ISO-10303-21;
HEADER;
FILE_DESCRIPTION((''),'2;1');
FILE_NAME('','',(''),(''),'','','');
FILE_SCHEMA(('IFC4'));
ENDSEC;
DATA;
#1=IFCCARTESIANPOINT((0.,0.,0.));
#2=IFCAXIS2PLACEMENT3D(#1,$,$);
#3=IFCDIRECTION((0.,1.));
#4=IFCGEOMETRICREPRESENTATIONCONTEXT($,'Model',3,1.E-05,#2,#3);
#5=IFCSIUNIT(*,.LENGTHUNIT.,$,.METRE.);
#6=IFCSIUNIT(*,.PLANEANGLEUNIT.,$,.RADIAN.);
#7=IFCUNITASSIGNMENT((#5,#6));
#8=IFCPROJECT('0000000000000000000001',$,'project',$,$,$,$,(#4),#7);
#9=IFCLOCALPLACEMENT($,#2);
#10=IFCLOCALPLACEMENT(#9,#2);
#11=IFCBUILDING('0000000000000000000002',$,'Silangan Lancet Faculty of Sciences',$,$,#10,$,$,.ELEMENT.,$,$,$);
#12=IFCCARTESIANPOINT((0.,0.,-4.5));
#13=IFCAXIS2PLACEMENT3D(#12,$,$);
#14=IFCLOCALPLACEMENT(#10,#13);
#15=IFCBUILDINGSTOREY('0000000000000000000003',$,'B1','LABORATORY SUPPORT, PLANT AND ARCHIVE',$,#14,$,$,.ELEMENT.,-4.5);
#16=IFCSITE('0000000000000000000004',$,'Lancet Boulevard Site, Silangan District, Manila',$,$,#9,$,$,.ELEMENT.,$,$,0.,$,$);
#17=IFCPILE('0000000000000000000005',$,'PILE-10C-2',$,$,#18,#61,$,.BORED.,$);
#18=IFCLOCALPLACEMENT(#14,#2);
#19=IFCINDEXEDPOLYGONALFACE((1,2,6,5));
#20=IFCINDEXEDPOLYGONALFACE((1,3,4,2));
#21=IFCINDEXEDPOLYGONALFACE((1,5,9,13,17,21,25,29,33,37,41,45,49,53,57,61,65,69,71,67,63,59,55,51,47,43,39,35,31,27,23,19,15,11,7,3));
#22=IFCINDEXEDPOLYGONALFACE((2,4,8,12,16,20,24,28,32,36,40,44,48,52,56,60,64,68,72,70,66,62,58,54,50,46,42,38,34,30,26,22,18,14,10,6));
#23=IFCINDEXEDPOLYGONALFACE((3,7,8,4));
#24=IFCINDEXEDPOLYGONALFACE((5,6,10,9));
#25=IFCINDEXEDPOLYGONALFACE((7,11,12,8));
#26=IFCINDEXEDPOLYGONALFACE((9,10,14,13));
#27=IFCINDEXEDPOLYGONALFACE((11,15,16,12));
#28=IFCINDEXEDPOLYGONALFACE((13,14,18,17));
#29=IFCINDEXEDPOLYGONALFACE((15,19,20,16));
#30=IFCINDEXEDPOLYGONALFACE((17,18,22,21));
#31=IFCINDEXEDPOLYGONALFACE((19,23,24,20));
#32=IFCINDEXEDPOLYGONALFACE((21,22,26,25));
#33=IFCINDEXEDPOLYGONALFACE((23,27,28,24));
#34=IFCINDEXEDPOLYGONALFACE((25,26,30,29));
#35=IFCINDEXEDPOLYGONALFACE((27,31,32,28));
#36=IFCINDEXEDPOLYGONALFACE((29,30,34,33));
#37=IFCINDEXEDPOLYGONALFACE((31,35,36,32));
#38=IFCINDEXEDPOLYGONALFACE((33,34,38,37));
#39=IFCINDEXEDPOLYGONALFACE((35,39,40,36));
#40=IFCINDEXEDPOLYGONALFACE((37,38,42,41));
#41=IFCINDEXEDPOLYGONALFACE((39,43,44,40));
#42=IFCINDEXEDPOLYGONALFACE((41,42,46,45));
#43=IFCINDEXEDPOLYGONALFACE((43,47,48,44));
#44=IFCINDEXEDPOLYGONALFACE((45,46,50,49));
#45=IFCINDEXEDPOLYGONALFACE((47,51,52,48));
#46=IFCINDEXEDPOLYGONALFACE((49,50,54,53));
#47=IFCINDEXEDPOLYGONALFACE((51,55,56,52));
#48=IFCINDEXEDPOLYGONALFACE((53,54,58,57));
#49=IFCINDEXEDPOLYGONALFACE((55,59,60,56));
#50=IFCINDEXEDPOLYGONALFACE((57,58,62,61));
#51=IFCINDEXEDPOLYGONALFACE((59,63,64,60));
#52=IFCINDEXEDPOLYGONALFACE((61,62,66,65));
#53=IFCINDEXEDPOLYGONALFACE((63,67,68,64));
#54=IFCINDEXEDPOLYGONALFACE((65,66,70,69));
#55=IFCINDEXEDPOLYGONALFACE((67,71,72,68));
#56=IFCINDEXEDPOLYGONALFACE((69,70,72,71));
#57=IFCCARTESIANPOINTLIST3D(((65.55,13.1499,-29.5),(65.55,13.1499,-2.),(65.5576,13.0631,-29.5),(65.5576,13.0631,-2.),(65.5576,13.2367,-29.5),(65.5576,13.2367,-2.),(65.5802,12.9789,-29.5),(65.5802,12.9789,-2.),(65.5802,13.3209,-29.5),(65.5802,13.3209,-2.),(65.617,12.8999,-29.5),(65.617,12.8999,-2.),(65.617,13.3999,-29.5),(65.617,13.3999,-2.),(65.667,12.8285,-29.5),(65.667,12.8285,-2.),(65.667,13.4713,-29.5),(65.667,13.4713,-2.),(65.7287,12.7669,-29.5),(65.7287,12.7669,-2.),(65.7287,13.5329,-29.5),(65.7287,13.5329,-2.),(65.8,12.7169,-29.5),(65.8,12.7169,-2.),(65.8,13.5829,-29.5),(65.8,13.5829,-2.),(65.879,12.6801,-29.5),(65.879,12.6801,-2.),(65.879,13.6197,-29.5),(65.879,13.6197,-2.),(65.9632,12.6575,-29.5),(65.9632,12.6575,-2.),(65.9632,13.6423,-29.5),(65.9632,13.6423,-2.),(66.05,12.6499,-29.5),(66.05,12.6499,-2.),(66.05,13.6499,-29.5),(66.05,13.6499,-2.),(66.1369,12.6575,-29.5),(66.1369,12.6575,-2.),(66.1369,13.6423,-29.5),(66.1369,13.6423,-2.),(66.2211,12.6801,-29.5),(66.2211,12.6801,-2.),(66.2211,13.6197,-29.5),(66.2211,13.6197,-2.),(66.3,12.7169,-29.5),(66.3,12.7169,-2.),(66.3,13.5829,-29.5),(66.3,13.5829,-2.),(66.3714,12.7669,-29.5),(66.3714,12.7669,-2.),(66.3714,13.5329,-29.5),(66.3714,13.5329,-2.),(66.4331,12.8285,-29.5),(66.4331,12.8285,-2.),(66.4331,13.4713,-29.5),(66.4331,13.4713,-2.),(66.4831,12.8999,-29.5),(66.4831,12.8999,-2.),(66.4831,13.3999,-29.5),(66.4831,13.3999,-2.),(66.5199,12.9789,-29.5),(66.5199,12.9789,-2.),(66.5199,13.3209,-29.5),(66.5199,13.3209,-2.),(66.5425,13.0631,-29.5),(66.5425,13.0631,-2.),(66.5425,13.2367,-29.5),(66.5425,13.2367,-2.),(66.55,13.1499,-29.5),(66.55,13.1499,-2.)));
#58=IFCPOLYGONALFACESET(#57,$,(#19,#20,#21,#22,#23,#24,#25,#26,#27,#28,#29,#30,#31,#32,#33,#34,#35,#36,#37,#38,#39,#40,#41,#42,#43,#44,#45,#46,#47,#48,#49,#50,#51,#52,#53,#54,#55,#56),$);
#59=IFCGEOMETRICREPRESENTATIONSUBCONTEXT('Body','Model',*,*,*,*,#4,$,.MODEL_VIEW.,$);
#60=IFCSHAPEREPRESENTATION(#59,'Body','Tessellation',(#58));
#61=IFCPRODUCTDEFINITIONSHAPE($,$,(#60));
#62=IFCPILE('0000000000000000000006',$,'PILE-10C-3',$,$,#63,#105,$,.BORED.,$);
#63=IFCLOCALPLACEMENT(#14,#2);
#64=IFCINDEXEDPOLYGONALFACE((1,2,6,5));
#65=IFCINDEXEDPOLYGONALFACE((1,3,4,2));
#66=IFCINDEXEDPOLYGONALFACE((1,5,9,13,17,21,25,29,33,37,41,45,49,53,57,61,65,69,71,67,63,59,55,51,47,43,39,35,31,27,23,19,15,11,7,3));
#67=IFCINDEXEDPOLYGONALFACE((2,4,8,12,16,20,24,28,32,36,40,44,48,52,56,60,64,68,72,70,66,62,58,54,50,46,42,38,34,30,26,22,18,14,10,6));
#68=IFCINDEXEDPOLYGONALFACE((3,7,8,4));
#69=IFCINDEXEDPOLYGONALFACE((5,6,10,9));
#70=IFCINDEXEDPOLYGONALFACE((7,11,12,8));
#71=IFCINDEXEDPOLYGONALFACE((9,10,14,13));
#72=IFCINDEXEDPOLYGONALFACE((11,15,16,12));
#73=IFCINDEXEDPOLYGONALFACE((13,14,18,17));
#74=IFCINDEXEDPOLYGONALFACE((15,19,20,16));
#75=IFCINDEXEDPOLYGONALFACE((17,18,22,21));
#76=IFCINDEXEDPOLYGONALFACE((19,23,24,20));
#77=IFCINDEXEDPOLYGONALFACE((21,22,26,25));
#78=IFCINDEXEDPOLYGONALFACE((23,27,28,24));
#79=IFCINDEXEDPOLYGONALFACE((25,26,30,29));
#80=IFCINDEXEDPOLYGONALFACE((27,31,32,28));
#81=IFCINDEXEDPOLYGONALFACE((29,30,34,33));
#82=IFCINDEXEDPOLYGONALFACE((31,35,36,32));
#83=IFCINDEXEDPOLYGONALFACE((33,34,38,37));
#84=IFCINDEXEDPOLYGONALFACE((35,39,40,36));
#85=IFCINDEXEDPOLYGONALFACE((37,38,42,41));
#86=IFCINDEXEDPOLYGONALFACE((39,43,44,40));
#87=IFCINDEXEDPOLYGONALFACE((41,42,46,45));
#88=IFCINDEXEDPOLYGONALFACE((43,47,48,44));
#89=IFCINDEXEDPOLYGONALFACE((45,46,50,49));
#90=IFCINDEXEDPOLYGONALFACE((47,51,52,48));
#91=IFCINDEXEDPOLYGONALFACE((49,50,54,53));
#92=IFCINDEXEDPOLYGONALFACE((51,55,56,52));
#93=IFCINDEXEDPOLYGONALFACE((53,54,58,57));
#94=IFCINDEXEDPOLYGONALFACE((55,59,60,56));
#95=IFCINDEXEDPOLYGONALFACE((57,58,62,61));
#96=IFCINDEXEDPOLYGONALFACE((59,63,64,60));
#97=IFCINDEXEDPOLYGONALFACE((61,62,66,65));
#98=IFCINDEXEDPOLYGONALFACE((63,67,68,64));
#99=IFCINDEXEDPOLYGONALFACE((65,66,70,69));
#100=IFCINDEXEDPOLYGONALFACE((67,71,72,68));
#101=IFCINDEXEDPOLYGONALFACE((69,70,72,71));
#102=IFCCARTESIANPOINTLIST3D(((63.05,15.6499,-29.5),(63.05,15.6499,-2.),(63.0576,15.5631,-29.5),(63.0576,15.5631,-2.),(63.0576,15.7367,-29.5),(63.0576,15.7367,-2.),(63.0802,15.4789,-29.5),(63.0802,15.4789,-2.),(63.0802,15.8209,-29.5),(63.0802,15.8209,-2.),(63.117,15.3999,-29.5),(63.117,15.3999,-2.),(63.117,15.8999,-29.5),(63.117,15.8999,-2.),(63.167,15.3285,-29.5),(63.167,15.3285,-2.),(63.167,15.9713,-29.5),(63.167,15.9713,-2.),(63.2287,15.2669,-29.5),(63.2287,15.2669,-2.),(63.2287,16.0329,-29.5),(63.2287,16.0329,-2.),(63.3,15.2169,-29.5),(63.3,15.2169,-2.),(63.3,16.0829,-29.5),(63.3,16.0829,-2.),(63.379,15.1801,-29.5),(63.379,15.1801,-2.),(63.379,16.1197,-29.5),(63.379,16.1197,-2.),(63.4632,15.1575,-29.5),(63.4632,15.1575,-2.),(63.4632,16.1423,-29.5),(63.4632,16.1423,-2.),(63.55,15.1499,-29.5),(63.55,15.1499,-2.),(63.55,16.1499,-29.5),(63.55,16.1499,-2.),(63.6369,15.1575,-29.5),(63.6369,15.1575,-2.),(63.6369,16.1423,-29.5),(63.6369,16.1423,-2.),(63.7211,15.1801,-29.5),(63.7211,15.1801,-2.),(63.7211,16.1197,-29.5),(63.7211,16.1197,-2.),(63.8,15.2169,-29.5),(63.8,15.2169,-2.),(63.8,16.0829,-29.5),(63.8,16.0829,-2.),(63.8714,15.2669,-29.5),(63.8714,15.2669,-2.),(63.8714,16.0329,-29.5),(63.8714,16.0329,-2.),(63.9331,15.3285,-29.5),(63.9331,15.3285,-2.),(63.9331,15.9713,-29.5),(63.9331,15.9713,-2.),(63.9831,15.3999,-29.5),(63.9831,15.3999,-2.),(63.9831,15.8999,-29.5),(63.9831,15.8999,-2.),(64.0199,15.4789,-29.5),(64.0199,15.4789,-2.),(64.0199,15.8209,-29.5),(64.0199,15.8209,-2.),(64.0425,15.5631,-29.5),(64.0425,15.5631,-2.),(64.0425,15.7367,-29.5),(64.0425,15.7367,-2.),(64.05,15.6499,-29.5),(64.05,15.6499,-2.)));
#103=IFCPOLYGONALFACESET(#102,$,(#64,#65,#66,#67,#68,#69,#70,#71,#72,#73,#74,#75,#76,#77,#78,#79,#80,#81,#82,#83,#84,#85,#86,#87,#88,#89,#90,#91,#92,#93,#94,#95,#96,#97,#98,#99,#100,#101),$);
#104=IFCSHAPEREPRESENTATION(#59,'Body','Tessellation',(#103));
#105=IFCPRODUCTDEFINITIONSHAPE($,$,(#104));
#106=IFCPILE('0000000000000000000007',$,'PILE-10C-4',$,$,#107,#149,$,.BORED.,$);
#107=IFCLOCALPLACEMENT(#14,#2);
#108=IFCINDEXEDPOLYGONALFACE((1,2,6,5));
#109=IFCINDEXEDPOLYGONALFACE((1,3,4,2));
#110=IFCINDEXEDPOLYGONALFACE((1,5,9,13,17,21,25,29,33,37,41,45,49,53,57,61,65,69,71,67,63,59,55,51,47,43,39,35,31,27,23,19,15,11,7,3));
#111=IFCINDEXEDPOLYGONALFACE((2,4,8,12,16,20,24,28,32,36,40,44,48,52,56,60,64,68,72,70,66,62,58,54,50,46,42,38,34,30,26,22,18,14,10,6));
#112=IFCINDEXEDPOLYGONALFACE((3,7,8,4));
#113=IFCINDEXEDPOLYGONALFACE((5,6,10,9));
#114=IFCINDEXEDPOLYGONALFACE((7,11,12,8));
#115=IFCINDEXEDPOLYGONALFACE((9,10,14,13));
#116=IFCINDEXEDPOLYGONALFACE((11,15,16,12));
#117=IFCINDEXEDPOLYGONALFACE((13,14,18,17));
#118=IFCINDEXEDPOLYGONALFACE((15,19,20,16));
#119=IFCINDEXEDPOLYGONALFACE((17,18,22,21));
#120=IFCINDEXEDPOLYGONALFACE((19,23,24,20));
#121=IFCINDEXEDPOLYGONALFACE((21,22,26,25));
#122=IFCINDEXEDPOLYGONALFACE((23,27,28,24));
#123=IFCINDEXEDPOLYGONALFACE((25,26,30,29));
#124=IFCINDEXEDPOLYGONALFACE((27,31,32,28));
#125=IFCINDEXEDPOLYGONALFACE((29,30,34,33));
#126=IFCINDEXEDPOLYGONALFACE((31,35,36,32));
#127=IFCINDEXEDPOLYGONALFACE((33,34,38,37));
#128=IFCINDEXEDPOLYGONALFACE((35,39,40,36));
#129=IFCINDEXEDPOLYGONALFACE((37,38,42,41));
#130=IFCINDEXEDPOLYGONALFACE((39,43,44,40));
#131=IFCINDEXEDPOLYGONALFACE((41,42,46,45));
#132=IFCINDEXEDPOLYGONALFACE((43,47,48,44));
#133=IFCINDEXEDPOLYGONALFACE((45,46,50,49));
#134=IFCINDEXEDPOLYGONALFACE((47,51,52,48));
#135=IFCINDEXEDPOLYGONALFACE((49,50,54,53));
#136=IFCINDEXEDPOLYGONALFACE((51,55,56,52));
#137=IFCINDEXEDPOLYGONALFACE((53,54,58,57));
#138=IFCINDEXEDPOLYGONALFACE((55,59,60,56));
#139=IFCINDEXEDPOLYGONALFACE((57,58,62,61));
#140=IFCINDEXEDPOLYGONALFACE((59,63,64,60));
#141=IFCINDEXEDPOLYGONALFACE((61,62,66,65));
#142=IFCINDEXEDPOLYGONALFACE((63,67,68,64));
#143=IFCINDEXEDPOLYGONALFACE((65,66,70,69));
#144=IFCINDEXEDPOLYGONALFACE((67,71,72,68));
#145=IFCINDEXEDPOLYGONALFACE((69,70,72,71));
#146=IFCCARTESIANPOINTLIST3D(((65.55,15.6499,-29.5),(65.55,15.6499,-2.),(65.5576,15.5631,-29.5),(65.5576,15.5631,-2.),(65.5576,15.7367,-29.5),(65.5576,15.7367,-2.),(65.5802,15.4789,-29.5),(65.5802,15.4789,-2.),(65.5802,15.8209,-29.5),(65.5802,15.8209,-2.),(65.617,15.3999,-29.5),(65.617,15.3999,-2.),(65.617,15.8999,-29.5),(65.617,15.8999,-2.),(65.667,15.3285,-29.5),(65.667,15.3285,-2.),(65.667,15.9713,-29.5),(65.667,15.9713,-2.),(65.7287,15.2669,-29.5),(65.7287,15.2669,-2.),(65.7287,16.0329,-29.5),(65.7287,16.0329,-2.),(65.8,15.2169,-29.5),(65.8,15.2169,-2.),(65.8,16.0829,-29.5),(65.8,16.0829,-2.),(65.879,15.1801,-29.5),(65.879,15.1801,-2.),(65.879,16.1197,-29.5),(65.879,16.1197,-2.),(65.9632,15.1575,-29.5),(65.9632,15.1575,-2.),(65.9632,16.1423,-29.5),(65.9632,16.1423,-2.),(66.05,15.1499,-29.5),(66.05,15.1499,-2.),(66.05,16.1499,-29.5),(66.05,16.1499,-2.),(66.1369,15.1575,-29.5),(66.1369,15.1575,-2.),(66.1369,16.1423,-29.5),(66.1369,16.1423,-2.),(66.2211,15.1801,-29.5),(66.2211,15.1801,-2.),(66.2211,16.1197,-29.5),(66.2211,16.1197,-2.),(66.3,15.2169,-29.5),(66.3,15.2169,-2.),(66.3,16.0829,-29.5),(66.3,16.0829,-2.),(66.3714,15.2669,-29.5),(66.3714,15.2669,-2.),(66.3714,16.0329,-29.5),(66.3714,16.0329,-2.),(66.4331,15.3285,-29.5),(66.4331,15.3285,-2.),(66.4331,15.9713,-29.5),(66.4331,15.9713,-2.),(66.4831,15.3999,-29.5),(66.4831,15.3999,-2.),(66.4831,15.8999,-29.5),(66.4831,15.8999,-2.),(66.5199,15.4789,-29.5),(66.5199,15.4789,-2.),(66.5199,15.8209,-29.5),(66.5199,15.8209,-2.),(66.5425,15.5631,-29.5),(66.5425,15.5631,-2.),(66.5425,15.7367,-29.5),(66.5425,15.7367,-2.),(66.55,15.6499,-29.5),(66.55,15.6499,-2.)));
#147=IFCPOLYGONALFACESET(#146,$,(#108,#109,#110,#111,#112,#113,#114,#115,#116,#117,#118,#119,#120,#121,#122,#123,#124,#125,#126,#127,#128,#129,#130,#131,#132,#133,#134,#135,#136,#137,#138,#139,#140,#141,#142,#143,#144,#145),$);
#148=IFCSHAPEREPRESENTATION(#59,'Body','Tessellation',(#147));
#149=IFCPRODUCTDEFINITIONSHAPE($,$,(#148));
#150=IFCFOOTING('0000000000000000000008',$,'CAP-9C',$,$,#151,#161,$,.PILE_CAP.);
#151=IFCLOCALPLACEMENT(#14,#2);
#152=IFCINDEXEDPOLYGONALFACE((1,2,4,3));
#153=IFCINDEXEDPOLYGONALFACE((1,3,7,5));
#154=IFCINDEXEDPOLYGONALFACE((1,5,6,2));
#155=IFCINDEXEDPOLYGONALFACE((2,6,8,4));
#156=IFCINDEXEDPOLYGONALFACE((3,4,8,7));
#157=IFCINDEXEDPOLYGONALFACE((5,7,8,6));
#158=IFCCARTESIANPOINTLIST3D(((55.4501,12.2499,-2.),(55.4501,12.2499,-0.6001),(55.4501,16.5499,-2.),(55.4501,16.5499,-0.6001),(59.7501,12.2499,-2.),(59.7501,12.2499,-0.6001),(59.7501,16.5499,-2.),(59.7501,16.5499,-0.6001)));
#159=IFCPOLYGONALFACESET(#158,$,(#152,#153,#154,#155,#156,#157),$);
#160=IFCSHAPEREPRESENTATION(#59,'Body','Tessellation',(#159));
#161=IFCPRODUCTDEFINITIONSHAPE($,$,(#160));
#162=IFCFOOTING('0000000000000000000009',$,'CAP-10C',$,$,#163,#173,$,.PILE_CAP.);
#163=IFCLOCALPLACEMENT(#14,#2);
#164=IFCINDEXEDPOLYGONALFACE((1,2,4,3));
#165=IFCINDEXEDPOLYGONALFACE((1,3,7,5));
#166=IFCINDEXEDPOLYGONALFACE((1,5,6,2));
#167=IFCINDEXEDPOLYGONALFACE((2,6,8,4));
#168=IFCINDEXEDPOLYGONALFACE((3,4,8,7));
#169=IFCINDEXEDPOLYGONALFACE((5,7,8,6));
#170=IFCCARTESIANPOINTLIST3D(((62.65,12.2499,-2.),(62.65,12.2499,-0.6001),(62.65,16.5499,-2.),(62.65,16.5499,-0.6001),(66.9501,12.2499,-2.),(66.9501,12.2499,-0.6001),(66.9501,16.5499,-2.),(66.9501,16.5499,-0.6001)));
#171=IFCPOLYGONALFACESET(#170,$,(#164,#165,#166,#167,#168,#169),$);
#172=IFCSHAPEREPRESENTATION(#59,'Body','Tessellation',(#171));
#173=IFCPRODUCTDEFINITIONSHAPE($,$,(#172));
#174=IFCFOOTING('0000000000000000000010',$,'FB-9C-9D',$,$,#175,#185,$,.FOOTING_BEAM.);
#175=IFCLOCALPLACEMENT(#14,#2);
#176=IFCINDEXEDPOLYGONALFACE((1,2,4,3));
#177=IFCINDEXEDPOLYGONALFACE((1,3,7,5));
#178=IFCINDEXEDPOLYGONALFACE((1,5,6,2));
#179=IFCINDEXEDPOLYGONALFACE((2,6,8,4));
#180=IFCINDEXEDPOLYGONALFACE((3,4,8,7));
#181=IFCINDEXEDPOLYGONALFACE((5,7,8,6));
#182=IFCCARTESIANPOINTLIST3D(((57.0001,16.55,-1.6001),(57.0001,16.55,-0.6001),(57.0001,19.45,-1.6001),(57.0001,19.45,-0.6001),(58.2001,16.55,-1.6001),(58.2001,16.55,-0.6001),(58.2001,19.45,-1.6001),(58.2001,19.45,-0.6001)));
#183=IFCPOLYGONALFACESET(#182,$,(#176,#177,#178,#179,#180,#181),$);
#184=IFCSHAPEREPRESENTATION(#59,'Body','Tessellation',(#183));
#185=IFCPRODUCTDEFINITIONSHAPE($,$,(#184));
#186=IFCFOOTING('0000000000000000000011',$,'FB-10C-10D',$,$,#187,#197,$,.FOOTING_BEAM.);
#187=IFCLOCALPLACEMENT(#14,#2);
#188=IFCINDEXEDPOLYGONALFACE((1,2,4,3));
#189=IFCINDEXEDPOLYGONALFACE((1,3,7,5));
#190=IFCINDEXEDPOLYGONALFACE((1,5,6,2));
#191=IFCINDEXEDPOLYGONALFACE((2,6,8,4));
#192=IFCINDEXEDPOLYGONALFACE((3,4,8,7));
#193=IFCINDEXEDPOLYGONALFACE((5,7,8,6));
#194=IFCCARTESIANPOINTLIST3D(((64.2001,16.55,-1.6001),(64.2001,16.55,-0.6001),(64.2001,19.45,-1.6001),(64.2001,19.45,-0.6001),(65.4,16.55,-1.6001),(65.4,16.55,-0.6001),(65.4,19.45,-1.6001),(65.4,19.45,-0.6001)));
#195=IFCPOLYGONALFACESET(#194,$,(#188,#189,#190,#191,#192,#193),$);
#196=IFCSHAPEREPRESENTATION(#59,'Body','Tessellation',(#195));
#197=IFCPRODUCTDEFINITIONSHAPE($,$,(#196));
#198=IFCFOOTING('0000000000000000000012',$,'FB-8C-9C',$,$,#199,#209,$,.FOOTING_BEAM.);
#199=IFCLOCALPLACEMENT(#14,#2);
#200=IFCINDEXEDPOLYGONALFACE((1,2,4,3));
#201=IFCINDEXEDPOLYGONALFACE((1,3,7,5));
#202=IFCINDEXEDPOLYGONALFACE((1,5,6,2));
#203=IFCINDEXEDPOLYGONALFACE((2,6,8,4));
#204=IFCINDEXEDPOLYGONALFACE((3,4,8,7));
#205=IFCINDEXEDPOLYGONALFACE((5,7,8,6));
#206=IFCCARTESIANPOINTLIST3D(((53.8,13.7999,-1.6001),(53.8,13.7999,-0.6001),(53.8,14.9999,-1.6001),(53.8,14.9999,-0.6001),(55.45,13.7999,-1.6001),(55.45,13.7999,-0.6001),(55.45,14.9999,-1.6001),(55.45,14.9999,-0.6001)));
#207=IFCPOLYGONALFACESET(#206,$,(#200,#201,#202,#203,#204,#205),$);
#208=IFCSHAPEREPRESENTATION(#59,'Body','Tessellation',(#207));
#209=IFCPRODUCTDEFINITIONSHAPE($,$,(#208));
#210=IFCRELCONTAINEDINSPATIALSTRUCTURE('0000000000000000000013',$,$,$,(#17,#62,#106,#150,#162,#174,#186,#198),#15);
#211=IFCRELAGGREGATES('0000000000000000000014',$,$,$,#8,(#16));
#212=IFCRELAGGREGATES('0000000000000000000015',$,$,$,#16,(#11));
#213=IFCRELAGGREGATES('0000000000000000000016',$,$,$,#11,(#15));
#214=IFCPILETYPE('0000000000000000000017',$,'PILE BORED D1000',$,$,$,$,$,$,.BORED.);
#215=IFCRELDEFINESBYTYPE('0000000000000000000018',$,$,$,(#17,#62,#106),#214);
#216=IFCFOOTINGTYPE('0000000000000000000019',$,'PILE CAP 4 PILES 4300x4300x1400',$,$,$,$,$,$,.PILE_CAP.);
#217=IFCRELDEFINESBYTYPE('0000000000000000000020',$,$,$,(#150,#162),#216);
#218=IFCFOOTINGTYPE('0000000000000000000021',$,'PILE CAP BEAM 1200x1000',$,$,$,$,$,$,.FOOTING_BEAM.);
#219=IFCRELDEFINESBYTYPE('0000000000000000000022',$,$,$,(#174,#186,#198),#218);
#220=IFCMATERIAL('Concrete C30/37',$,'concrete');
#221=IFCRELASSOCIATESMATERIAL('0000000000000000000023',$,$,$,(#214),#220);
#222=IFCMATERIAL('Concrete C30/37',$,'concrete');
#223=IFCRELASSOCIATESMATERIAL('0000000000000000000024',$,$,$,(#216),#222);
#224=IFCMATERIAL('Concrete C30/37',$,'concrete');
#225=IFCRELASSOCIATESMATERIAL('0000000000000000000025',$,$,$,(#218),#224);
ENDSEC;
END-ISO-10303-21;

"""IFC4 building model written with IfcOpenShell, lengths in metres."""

from ifc_helpers import new_model, si_unit, direction, frame, origin, origin_2d, place, context, subcontext, project, spatial, rectangle, circle, extrude, material, material_profile, profile_set, type_object, element, save


model = new_model("IFC4")

# Units and contexts
model_context = context("Model", 3, precision=1e-05, world=origin(), true_north=direction((0.0, 1.0)))
body_context = subcontext(model_context, "Body", "Model", "MODEL_VIEW")
ifc_project = project(units=[si_unit("LENGTHUNIT", "METRE"), si_unit("PLANEANGLEUNIT", "RADIAN")], contexts=[model_context])

# Site, building, storey
site_placement = place(None, origin())
site = spatial("IfcSite", under=ifc_project, at=site_placement, Name="Lancet Boulevard Site, Silangan District, Manila", CompositionType="ELEMENT", RefElevation=0.0)
building_placement = place(site_placement, origin())
building = spatial("IfcBuilding", under=site, at=building_placement, Name="Silangan Lancet Faculty of Sciences", CompositionType="ELEMENT")
storey_placement = place(building_placement, frame((0.0, 0.0, -4.5)))
storey = spatial("IfcBuildingStorey", under=building, at=storey_placement, Name="B1", Description="LABORATORY SUPPORT, PLANT AND ARCHIVE", CompositionType="ELEMENT", Elevation=-4.5)

# Piles
ifc_material_1 = material(Name="Concrete C30/37", Category="concrete")
ifc_material_profile_1 = material_profile(ifc_material_1, circle(Radius=0.5, at=origin_2d()), Name="BORED PILE D1000")
ifc_profile_set_1 = profile_set([ifc_material_profile_1], Name="Concrete C30/37")
pile_type = type_object("IfcPileType", Name="PILE BORED D1000", PredefinedType="BORED", material=ifc_profile_set_1)
for number, where, z_axis, x_axis, name in (
    (1, (66.05, 13.1499, -2.0), (0.0, 0.0, -1.0), (1.0, 0.0, 0.0), "PILE-10C-2"),
    (2, (63.55, 15.6499, -2.0), (0.0, 0.0, -1.0), (1.0, 0.0, 0.0), "PILE-10C-3"),
    (3, (66.05, 15.6499, -2.0), (0.0, 0.0, -1.0), (1.0, 0.0, 0.0), "PILE-10C-4"),
):
    element("IfcPile", number, at=place(storey_placement, frame(where, z_axis=z_axis, x_axis=x_axis)), inside=storey, type_object=pile_type, Name=name, PredefinedType="BORED", context=body_context, shape_type="SweptSolid", body=[
        extrude(circle(Radius=0.5, at=origin_2d()), origin(), (0.0, 0.0, 1.0), 27.5),
    ])

# Footings
ifc_material_2 = material(Name="Concrete C30/37", Category="concrete")
footing_type_1 = type_object("IfcFootingType", Name="PILE CAP 4 PILES 4300x4300x1400", PredefinedType="PILE_CAP", material=ifc_material_2)
for number, where, z_axis, x_axis, name in (
    (4, (57.6001, 14.3999, -2.0), (0.0, 0.0, 1.0), (1.0, 0.0, 0.0), "CAP-9C"),
    (5, (64.8, 14.3999, -2.0), (0.0, 0.0, 1.0), (1.0, 0.0, 0.0), "CAP-10C"),
):
    element("IfcFooting", number, at=place(storey_placement, frame(where, z_axis=z_axis, x_axis=x_axis)), inside=storey, type_object=footing_type_1, Name=name, PredefinedType="PILE_CAP", context=body_context, shape_type="SweptSolid", body=[
        extrude(rectangle(XDim=4.3, YDim=4.3, at=origin_2d()), origin(), (0.0, 0.0, 1.0), 1.3999),
    ])
ifc_material_3 = material(Name="Concrete C30/37", Category="concrete")
footing_type_2 = type_object("IfcFootingType", Name="PILE CAP BEAM 1200x1000", PredefinedType="FOOTING_BEAM", material=ifc_material_3)
for number, where, z_axis, x_axis, name in (
    (6, (57.6001, 18.0, -1.6001), (0.0, 0.0, 1.0), (0.0, 1.0, 0.0), "FB-9C-9D"),
    (7, (64.8, 18.0, -1.6001), (0.0, 0.0, 1.0), (0.0, 1.0, 0.0), "FB-10C-10D"),
):
    element("IfcFooting", number, at=place(storey_placement, frame(where, z_axis=z_axis, x_axis=x_axis)), inside=storey, type_object=footing_type_2, Name=name, PredefinedType="FOOTING_BEAM", context=body_context, shape_type="SweptSolid", body=[
        extrude(rectangle(XDim=2.8999, YDim=1.2, at=origin_2d()), origin(), (0.0, 0.0, 1.0), 1.0),
    ])
footing_1_placement = place(storey_placement, frame((54.625, 14.3999, -1.6001), z_axis=(0.0, 0.0, 1.0), x_axis=(1.0, 0.0, 0.0)))
element("IfcFooting", 8, at=footing_1_placement, inside=storey, type_object=footing_type_2, Name="FB-8C-9C", PredefinedType="FOOTING_BEAM", context=body_context, shape_type="SweptSolid", body=[
    extrude(rectangle(XDim=1.6499, YDim=1.2, at=origin_2d()), origin(), (0.0, 0.0, 1.0), 1.0),
])

save(model, "model.ifc")
